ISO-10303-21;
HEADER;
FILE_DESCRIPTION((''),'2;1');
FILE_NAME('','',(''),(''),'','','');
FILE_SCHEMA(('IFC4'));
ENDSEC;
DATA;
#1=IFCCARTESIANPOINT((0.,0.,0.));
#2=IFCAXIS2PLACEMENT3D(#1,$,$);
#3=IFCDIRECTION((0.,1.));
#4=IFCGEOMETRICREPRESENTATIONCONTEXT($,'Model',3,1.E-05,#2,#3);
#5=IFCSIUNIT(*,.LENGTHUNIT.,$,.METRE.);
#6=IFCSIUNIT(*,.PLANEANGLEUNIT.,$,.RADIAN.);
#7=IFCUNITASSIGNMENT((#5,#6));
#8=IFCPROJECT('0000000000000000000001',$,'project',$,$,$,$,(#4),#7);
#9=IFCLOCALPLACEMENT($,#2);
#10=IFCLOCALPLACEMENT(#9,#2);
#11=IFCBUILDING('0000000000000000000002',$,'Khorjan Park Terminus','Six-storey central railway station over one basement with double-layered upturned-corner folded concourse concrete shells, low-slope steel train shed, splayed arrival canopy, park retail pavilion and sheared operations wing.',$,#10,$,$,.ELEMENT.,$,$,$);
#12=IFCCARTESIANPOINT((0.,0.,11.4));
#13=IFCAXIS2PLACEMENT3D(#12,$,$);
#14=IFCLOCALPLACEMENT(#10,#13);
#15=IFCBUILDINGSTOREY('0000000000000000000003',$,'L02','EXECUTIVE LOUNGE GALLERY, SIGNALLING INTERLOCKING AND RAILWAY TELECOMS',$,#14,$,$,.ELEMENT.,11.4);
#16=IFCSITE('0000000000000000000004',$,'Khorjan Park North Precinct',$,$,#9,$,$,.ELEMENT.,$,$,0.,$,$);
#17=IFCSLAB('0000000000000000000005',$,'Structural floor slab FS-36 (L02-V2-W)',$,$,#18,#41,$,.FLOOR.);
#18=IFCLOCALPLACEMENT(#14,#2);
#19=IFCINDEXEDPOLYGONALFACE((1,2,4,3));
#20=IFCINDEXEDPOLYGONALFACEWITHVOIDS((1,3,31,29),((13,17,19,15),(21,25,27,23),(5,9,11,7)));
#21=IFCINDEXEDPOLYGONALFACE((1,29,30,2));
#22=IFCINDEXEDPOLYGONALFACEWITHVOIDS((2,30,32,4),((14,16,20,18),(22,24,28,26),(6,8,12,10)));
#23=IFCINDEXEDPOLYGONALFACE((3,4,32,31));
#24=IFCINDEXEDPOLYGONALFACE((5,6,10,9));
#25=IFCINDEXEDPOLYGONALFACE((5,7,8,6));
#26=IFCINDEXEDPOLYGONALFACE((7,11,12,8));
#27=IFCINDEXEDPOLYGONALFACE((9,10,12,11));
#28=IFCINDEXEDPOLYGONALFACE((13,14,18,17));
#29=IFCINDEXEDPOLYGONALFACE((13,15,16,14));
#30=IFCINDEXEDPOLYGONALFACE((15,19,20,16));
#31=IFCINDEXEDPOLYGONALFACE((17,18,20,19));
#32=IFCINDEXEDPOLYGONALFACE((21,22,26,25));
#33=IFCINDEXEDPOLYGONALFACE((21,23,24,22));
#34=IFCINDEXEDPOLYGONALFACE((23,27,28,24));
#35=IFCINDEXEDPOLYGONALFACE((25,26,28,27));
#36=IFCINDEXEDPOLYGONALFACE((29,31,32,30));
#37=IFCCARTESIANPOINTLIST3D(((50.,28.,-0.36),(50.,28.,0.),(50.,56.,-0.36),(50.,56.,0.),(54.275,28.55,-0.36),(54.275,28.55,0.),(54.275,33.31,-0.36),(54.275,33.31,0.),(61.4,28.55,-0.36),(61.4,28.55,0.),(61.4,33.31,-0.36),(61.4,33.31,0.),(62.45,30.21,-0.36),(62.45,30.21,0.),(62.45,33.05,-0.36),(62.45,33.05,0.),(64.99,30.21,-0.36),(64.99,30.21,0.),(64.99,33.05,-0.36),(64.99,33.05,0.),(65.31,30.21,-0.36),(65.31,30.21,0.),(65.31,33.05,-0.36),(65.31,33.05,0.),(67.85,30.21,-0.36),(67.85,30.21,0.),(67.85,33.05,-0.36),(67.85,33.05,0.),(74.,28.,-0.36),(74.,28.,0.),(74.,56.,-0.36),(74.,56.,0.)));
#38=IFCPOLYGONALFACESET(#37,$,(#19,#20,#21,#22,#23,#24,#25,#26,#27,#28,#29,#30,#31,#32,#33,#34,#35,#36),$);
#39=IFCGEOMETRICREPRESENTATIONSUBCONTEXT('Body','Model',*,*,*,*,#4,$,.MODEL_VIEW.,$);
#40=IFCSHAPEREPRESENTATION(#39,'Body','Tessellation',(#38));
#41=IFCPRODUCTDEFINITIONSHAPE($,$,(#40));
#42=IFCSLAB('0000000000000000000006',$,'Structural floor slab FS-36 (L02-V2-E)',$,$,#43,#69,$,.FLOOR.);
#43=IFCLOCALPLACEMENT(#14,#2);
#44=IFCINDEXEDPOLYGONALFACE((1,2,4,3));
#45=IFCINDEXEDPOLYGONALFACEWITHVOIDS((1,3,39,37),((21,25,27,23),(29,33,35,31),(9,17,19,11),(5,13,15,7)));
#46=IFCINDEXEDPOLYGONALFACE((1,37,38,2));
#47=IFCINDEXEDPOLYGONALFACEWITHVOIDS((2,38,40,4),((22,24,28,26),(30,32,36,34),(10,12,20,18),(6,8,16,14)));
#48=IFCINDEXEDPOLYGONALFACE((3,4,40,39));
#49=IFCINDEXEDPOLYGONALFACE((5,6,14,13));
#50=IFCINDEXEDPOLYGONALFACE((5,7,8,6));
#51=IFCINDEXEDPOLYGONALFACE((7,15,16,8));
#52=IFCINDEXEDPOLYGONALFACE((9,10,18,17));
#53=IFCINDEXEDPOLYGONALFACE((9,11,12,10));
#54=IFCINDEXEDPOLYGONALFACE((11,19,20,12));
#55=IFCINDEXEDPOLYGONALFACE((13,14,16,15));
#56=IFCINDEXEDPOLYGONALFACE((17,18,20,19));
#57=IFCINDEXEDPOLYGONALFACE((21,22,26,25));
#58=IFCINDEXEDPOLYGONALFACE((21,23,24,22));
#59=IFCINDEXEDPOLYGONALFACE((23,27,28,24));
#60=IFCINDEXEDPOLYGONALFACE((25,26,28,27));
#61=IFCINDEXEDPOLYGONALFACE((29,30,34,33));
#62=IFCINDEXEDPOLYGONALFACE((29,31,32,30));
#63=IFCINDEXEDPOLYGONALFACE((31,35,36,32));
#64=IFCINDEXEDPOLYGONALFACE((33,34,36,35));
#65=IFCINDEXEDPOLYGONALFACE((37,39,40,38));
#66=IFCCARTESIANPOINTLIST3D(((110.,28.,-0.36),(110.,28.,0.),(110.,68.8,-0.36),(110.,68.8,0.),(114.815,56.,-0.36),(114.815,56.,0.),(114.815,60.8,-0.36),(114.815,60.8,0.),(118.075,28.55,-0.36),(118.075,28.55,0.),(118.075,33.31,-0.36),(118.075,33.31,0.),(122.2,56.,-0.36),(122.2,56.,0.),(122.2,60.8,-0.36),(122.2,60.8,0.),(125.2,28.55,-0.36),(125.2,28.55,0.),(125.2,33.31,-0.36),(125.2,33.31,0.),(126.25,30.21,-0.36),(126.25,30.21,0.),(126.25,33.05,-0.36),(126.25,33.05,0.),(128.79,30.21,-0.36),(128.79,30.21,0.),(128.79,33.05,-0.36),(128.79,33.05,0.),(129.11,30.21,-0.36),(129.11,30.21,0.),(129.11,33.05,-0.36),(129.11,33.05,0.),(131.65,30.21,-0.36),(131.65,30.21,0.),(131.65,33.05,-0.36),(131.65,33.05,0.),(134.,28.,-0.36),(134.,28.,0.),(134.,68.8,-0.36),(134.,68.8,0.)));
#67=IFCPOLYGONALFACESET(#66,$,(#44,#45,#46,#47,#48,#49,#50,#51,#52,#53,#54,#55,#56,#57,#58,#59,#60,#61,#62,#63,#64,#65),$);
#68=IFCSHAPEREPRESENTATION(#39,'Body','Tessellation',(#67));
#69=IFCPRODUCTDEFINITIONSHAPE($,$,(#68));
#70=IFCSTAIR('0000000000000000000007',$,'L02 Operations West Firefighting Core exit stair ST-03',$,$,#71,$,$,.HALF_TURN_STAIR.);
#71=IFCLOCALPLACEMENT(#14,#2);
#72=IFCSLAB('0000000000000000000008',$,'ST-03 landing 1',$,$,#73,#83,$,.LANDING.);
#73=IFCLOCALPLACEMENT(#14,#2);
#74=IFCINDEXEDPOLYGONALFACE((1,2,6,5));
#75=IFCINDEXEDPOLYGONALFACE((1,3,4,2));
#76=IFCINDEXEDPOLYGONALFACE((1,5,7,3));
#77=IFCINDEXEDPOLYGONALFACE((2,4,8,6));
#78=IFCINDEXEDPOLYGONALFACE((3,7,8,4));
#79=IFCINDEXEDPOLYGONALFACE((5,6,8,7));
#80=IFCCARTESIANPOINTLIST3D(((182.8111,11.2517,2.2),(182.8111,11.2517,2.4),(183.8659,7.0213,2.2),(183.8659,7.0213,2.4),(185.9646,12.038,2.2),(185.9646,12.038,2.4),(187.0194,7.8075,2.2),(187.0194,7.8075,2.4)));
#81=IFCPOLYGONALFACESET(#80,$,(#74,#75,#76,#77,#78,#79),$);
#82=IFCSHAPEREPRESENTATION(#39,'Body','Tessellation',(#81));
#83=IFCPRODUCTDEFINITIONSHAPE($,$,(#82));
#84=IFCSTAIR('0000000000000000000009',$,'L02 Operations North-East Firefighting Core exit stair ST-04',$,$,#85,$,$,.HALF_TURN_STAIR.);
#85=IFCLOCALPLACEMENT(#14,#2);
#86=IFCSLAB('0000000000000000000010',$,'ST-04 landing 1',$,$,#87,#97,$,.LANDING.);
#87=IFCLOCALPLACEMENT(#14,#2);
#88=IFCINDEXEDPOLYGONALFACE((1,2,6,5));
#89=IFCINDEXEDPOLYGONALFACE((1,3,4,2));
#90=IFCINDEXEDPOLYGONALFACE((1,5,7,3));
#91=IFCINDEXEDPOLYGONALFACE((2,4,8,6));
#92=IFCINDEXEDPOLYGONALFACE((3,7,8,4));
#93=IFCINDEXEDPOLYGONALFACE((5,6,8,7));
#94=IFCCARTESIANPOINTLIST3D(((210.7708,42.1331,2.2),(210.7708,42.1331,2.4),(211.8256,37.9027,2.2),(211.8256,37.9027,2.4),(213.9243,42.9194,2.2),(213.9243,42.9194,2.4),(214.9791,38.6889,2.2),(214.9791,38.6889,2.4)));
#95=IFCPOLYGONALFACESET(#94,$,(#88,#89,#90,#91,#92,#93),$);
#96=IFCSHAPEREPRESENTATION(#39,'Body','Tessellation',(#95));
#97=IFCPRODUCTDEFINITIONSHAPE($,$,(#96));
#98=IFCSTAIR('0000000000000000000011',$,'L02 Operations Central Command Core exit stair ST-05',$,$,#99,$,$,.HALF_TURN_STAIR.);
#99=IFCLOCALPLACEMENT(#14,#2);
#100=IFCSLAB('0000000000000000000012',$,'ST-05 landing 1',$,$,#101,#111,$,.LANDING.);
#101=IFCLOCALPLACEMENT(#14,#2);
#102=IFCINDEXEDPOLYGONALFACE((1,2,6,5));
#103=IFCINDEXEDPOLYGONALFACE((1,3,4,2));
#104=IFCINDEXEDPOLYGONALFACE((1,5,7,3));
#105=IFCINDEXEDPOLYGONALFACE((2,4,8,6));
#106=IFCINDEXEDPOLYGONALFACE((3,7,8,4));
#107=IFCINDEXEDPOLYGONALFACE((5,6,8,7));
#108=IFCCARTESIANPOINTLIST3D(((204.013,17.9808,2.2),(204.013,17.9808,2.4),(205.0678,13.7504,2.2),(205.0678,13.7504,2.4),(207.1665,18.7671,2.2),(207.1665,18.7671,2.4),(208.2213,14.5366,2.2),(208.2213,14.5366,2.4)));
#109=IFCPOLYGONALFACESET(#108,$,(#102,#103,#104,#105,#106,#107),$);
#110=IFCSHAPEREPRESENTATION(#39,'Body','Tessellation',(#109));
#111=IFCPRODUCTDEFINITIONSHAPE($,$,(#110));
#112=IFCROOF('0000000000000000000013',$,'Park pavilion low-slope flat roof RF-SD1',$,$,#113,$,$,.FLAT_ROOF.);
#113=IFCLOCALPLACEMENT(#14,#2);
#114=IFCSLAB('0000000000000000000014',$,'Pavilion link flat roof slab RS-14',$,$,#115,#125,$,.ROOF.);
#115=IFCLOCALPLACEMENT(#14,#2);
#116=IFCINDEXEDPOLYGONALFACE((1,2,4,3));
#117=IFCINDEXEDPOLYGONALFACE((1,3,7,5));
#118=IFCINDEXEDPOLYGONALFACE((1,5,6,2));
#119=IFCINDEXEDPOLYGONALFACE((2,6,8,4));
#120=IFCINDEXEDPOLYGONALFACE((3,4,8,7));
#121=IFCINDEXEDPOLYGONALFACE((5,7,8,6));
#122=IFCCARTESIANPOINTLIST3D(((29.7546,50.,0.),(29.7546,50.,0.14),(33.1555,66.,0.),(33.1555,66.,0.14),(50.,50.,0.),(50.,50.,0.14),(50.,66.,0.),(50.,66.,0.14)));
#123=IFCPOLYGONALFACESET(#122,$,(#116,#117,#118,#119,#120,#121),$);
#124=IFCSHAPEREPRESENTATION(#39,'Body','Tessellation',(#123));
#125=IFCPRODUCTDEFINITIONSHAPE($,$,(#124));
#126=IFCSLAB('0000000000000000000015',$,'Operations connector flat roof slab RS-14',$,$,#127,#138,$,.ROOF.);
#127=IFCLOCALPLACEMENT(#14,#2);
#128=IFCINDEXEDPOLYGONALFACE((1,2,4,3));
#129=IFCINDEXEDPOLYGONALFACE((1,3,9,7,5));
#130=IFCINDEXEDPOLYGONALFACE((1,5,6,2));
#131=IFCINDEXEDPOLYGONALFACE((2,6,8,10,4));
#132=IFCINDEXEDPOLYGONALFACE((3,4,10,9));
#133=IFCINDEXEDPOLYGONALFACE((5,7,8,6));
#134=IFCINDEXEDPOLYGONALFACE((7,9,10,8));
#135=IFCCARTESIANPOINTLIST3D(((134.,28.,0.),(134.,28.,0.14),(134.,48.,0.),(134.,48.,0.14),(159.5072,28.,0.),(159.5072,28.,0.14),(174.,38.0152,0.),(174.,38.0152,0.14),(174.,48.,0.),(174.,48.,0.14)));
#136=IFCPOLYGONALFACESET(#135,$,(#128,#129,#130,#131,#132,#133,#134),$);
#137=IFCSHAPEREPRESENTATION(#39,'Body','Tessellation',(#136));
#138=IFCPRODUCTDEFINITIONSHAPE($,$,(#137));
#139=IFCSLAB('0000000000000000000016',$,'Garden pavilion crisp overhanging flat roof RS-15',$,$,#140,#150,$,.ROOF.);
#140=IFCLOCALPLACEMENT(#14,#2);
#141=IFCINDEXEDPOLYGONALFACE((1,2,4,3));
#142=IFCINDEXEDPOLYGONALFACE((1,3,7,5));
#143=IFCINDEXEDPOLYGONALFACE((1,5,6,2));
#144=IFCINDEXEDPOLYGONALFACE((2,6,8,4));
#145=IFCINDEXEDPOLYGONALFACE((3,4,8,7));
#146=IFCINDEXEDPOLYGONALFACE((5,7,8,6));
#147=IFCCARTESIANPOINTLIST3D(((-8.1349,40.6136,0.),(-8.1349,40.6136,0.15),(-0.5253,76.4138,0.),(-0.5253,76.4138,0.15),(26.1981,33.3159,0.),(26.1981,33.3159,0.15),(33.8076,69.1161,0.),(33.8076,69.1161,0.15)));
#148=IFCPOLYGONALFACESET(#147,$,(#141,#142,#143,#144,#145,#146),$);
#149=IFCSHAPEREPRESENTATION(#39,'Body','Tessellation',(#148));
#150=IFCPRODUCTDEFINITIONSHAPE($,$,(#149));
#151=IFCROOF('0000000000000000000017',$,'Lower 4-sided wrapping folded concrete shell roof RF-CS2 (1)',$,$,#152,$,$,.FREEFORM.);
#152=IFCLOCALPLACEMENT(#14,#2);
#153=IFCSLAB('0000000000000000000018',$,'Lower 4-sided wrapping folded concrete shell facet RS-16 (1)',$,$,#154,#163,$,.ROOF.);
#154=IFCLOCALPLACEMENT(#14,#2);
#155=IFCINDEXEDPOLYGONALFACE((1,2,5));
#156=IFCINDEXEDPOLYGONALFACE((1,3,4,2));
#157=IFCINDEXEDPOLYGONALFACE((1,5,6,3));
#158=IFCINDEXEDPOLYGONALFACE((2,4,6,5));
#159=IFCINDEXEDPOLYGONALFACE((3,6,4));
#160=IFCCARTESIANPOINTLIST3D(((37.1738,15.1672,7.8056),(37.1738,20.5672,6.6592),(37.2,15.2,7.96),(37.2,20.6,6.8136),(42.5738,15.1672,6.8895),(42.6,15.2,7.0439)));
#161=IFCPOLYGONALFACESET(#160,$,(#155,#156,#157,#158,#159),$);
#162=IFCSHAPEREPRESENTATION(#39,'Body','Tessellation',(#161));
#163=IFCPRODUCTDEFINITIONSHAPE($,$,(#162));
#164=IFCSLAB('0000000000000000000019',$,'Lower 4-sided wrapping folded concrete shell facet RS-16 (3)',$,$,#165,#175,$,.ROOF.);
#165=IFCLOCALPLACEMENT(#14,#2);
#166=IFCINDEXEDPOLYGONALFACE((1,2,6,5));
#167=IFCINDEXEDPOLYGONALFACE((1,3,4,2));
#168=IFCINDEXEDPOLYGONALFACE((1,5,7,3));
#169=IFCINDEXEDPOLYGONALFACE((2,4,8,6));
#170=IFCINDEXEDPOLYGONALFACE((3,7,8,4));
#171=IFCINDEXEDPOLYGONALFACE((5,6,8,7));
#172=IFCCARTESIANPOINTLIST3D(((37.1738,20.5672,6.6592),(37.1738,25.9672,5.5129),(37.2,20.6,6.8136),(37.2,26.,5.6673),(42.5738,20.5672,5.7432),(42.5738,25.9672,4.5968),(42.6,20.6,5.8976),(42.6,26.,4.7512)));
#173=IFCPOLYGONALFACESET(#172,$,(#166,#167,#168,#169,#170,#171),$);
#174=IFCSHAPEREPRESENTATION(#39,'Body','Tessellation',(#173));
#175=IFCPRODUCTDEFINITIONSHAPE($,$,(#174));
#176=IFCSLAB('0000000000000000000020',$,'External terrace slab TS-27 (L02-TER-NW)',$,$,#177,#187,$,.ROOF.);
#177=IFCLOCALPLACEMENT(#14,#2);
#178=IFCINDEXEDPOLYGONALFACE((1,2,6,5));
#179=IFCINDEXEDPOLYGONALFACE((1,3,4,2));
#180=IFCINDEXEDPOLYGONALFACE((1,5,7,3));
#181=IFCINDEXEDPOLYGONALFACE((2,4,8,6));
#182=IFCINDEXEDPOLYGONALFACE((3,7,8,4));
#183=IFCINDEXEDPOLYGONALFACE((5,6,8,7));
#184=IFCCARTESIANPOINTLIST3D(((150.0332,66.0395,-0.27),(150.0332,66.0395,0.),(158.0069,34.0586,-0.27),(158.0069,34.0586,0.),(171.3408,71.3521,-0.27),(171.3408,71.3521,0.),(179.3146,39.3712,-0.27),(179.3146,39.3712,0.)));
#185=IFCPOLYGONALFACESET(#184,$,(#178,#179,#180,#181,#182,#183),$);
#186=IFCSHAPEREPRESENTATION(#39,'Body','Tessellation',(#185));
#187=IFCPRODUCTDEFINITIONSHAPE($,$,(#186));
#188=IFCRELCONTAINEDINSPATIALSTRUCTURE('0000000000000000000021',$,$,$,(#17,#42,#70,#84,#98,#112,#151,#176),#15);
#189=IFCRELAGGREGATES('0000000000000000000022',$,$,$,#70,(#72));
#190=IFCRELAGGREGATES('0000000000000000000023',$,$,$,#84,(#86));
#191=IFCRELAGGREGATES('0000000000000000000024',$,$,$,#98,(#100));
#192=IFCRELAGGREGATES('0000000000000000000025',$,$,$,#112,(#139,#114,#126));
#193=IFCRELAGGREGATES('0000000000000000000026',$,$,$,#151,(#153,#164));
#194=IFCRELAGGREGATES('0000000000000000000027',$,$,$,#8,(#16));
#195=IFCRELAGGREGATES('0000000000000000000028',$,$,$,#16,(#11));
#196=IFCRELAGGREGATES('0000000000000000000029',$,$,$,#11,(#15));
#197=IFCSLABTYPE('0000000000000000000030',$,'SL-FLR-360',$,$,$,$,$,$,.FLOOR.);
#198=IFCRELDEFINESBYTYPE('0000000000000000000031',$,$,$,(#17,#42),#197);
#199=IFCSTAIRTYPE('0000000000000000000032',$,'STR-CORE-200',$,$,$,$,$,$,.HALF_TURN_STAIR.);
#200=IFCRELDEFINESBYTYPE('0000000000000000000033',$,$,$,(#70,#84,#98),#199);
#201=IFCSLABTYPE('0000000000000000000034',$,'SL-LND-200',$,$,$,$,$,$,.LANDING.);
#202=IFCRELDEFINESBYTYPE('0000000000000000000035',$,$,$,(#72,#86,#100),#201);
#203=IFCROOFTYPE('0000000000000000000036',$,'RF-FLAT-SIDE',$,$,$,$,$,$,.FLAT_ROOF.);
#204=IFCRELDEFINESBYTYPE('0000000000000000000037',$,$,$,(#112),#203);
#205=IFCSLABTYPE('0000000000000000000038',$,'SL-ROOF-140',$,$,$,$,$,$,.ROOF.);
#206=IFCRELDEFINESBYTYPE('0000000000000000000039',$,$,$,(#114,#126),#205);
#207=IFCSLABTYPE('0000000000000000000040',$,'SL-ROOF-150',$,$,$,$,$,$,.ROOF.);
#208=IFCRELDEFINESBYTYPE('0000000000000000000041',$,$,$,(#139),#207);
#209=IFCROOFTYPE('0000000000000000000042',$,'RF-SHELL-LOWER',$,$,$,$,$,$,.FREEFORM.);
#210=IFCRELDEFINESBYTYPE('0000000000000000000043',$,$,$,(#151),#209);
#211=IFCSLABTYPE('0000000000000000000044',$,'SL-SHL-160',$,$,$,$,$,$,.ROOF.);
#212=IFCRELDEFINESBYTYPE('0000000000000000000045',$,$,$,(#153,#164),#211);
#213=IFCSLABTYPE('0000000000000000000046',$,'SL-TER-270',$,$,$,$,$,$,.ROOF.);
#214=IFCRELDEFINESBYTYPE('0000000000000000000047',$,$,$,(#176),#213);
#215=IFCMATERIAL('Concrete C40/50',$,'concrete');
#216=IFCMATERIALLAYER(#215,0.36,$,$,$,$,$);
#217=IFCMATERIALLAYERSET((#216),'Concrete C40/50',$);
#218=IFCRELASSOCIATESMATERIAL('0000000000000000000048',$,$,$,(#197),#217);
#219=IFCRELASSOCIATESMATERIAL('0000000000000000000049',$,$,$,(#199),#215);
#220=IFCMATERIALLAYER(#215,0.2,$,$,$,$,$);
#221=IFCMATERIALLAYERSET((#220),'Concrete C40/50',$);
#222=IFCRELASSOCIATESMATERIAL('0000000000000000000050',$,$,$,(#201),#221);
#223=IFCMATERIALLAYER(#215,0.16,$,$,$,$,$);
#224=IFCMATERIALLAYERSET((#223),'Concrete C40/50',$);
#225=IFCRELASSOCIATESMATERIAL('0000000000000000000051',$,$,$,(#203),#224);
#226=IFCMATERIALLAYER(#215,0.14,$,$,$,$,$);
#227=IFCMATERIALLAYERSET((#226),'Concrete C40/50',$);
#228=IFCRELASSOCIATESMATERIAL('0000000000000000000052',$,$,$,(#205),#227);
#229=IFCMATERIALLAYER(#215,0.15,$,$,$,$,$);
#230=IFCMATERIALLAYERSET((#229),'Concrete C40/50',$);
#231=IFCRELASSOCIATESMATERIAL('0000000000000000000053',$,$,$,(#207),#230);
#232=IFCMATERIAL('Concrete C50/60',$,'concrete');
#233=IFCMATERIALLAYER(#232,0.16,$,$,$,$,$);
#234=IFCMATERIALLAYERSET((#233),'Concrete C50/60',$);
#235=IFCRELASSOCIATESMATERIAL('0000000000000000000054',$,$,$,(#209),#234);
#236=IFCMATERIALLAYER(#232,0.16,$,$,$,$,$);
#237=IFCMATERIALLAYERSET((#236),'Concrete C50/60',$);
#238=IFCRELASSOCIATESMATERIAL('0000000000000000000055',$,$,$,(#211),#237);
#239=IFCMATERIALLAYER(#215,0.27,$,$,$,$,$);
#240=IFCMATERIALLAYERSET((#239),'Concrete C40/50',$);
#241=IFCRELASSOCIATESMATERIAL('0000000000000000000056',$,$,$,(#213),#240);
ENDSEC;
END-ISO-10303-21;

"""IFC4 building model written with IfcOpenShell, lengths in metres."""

from ifc_helpers import new_model, si_unit, direction, frame, origin, place, context, subcontext, project, spatial, polyline, outline, extrude, material, layer, layer_set, type_object, element, aggregate, save


model = new_model("IFC4")

# Units and contexts
model_context = context("Model", 3, precision=1e-05, world=origin(), true_north=direction((0.0, 1.0)))
body_context = subcontext(model_context, "Body", "Model", "MODEL_VIEW")
ifc_project = project(units=[si_unit("LENGTHUNIT", "METRE"), si_unit("PLANEANGLEUNIT", "RADIAN")], contexts=[model_context])

# Site, building, storey
site_placement = place(None, origin())
site = spatial("IfcSite", under=ifc_project, at=site_placement, Name="Khorjan Park North Precinct", CompositionType="ELEMENT", RefElevation=0.0)
building_placement = place(site_placement, origin())
building = spatial("IfcBuilding", under=site, at=building_placement, Name="Khorjan Park Terminus", Description="Six-storey central railway station over one basement with double-layered upturned-corner folded concourse concrete shells, low-slope steel train shed, splayed arrival canopy, park retail pavilion and sheared operations wing.", CompositionType="ELEMENT")
storey_placement = place(building_placement, frame((0.0, 0.0, 11.4)))
storey = spatial("IfcBuildingStorey", under=building, at=storey_placement, Name="L02", Description="EXECUTIVE LOUNGE GALLERY, SIGNALLING INTERLOCKING AND RAILWAY TELECOMS", CompositionType="ELEMENT", Elevation=11.4)

# Slabs
ifc_material_1 = material(Name="Concrete C40/50", Category="concrete")
ifc_layer_1 = layer(ifc_material_1, 0.36)
ifc_layer_set_1 = layer_set([ifc_layer_1], Name="Concrete C40/50")
slab_type_1 = type_object("IfcSlabType", Name="SL-FLR-360", PredefinedType="FLOOR", material=ifc_layer_set_1)
slab_1_placement = place(storey_placement, frame((0.0, 0.0, -0.36)))
element("IfcSlab", 1, at=slab_1_placement, inside=storey, type_object=slab_type_1, Name="Structural floor slab FS-36 (L02-V2-W)", PredefinedType="FLOOR", context=body_context, shape_type="SweptSolid", body=[
    extrude(outline(polyline([(50.0, 56.0), (74.0, 56.0), (74.0, 28.0), (50.0, 28.0), (50.0, 56.0)]), holes=[polyline([(61.4, 28.55), (61.4, 33.31), (54.275, 33.31), (54.275, 28.55), (61.4, 28.55)]), polyline([(64.99, 30.21), (64.99, 33.05), (62.45, 33.05), (62.45, 30.21), (64.99, 30.21)]), polyline([(67.85, 30.21), (67.85, 33.05), (65.31, 33.05), (65.31, 30.21), (67.85, 30.21)])]), origin(), (0.0, 0.0, 1.0), 0.36),
])
slab_2_placement = place(storey_placement, frame((0.0, 0.0, -0.36)))
element("IfcSlab", 2, at=slab_2_placement, inside=storey, type_object=slab_type_1, Name="Structural floor slab FS-36 (L02-V2-E)", PredefinedType="FLOOR", context=body_context, shape_type="SweptSolid", body=[
    extrude(outline(polyline([(110.0, 68.8), (134.0, 68.8), (134.0, 28.0), (110.0, 28.0), (110.0, 68.8)]), holes=[polyline([(125.2, 28.55), (125.2, 33.31), (118.075, 33.31), (118.075, 28.55), (125.2, 28.55)]), polyline([(128.79, 30.21), (128.79, 33.05), (126.25, 33.05), (126.25, 30.21), (128.79, 30.21)]), polyline([(131.65, 30.21), (131.65, 33.05), (129.11, 33.05), (129.11, 30.21), (131.65, 30.21)]), polyline([(122.2, 60.8), (114.815, 60.8), (114.815, 56.0), (122.2, 56.0), (122.2, 60.8)])]), origin(), (0.0, 0.0, 1.0), 0.36),
])

# Stairs, slabs
stair_type = type_object("IfcStairType", Name="STR-CORE-200", PredefinedType="HALF_TURN_STAIR", material=ifc_material_1)
stair_1_placement = place(storey_placement, origin())
stair_1 = element("IfcStair", 3, at=stair_1_placement, inside=storey, type_object=stair_type, Name="L02 Operations West Firefighting Core exit stair ST-03", PredefinedType="HALF_TURN_STAIR")
ifc_layer_2 = layer(ifc_material_1, 0.2)
ifc_layer_set_2 = layer_set([ifc_layer_2], Name="Concrete C40/50")
slab_type_2 = type_object("IfcSlabType", Name="SL-LND-200", PredefinedType="LANDING", material=ifc_layer_set_2)
slab_3_placement = place(storey_placement, frame((0.0, 0.0, 2.2)))
slab_3 = element("IfcSlab", 4, at=slab_3_placement, type_object=slab_type_2, Name="ST-03 landing 1", PredefinedType="LANDING", context=body_context, shape_type="SweptSolid", body=[
    extrude(outline(polyline([(183.8659, 7.0213), (187.0194, 7.8075), (185.9646, 12.038), (182.8111, 11.2517), (183.8659, 7.0213)])), origin(), (0.0, 0.0, 1.0), 0.2),
])
aggregate(stair_1, [slab_3])
stair_2_placement = place(storey_placement, origin())
stair_2 = element("IfcStair", 5, at=stair_2_placement, inside=storey, type_object=stair_type, Name="L02 Operations North-East Firefighting Core exit stair ST-04", PredefinedType="HALF_TURN_STAIR")
slab_4_placement = place(storey_placement, frame((0.0, 0.0, 2.2)))
slab_4 = element("IfcSlab", 6, at=slab_4_placement, type_object=slab_type_2, Name="ST-04 landing 1", PredefinedType="LANDING", context=body_context, shape_type="SweptSolid", body=[
    extrude(outline(polyline([(211.8256, 37.9027), (214.9791, 38.6889), (213.9243, 42.9194), (210.7708, 42.1331), (211.8256, 37.9027)])), origin(), (0.0, 0.0, 1.0), 0.2),
])
aggregate(stair_2, [slab_4])
stair_3_placement = place(storey_placement, origin())
stair_3 = element("IfcStair", 7, at=stair_3_placement, inside=storey, type_object=stair_type, Name="L02 Operations Central Command Core exit stair ST-05", PredefinedType="HALF_TURN_STAIR")
slab_5_placement = place(storey_placement, frame((0.0, 0.0, 2.2)))
slab_5 = element("IfcSlab", 8, at=slab_5_placement, type_object=slab_type_2, Name="ST-05 landing 1", PredefinedType="LANDING", context=body_context, shape_type="SweptSolid", body=[
    extrude(outline(polyline([(205.0678, 13.7504), (208.2213, 14.5366), (207.1665, 18.7671), (204.013, 17.9808), (205.0678, 13.7504)])), origin(), (0.0, 0.0, 1.0), 0.2),
])
aggregate(stair_3, [slab_5])

# Roofs, slabs
ifc_layer_3 = layer(ifc_material_1, 0.16)
ifc_layer_set_3 = layer_set([ifc_layer_3], Name="Concrete C40/50")
roof_type_1 = type_object("IfcRoofType", Name="RF-FLAT-SIDE", PredefinedType="FLAT_ROOF", material=ifc_layer_set_3)
roof_1_placement = place(storey_placement, origin())
roof_1 = element("IfcRoof", 9, at=roof_1_placement, inside=storey, type_object=roof_type_1, Name="Park pavilion low-slope flat roof RF-SD1", PredefinedType="FLAT_ROOF")
ifc_layer_4 = layer(ifc_material_1, 0.14)
ifc_layer_set_4 = layer_set([ifc_layer_4], Name="Concrete C40/50")
slab_type_3 = type_object("IfcSlabType", Name="SL-ROOF-140", PredefinedType="ROOF", material=ifc_layer_set_4)
slab_6_placement = place(storey_placement, origin())
slab_6 = element("IfcSlab", 10, at=slab_6_placement, type_object=slab_type_3, Name="Pavilion link flat roof slab RS-14", PredefinedType="ROOF", context=body_context, shape_type="SweptSolid", body=[
    extrude(outline(polyline([(50.0, 66.0), (50.0, 50.0), (29.7546, 50.0), (33.1555, 66.0), (50.0, 66.0)])), origin(), (0.0, 0.0, 1.0), 0.14),
])
slab_7_placement = place(storey_placement, origin())
slab_7 = element("IfcSlab", 11, at=slab_7_placement, type_object=slab_type_3, Name="Operations connector flat roof slab RS-14", PredefinedType="ROOF", context=body_context, shape_type="SweptSolid", body=[
    extrude(outline(polyline([(134.0, 28.0), (134.0, 48.0), (174.0, 48.0), (174.0, 38.0152), (159.5072, 28.0), (134.0, 28.0)])), origin(), (0.0, 0.0, 1.0), 0.14),
])
ifc_layer_5 = layer(ifc_material_1, 0.15)
ifc_layer_set_5 = layer_set([ifc_layer_5], Name="Concrete C40/50")
slab_type_4 = type_object("IfcSlabType", Name="SL-ROOF-150", PredefinedType="ROOF", material=ifc_layer_set_5)
slab_8_placement = place(storey_placement, origin())
slab_8 = element("IfcSlab", 12, at=slab_8_placement, type_object=slab_type_4, Name="Garden pavilion crisp overhanging flat roof RS-15", PredefinedType="ROOF", context=body_context, shape_type="SweptSolid", body=[
    extrude(outline(polyline([(-8.1349, 40.6136), (26.1981, 33.3159), (33.8076, 69.1161), (-0.5253, 76.4138), (-8.1349, 40.6136)])), origin(), (0.0, 0.0, 1.0), 0.15),
])
aggregate(roof_1, [slab_8, slab_6, slab_7])
ifc_material_2 = material(Name="Concrete C50/60", Category="concrete")
ifc_layer_6 = layer(ifc_material_2, 0.16)
ifc_layer_set_6 = layer_set([ifc_layer_6], Name="Concrete C50/60")
roof_type_2 = type_object("IfcRoofType", Name="RF-SHELL-LOWER", PredefinedType="FREEFORM", material=ifc_layer_set_6)
roof_2_placement = place(storey_placement, origin())
roof_2 = element("IfcRoof", 13, at=roof_2_placement, inside=storey, type_object=roof_type_2, Name="Lower 4-sided wrapping folded concrete shell roof RF-CS2 (1)", PredefinedType="FREEFORM")
ifc_layer_7 = layer(ifc_material_2, 0.16)
ifc_layer_set_7 = layer_set([ifc_layer_7], Name="Concrete C50/60")
slab_type_5 = type_object("IfcSlabType", Name="SL-SHL-160", PredefinedType="ROOF", material=ifc_layer_set_7)
slab_9_placement = place(storey_placement, frame((37.2, 15.2, 7.96), z_axis=(0.163711, 0.204866, 0.965002), x_axis=(0.985913, 0.0, -0.167258)))
slab_9 = element("IfcSlab", 14, at=slab_9_placement, type_object=slab_type_5, Name="Lower 4-sided wrapping folded concrete shell facet RS-16 (1)", PredefinedType="ROOF", context=body_context, shape_type="SweptSolid", body=[
    extrude(outline(polyline([(0.0, 0.0), (5.4772, 0.0), (0.1917, 5.517), (0.0, 0.0)])), origin(), (0.0, 0.0, -1.0), 0.16),
])
slab_10_placement = place(storey_placement, frame((37.2, 20.6, 6.8136), z_axis=(0.163702, 0.204858, 0.965005), x_axis=(0.985915, -0.000002, -0.167249)))
slab_10 = element("IfcSlab", 15, at=slab_10_placement, type_object=slab_type_5, Name="Lower 4-sided wrapping folded concrete shell facet RS-16 (3)", PredefinedType="ROOF", context=body_context, shape_type="SweptSolid", body=[
    extrude(outline(polyline([(0.0, 0.0), (5.4771, 0.0), (5.6689, 5.517), (0.1917, 5.517), (0.0, 0.0)])), origin(), (0.0, 0.0, -1.0), 0.16),
])
aggregate(roof_2, [slab_9, slab_10])

# Slab
ifc_layer_8 = layer(ifc_material_1, 0.27)
ifc_layer_set_8 = layer_set([ifc_layer_8], Name="Concrete C40/50")
slab_type_6 = type_object("IfcSlabType", Name="SL-TER-270", PredefinedType="ROOF", material=ifc_layer_set_8)
slab_11_placement = place(storey_placement, frame((0.0, 0.0, -0.27)))
element("IfcSlab", 16, at=slab_11_placement, inside=storey, type_object=slab_type_6, Name="External terrace slab TS-27 (L02-TER-NW)", PredefinedType="ROOF", context=body_context, shape_type="SweptSolid", body=[
    extrude(outline(polyline([(158.0069, 34.0586), (179.3146, 39.3712), (171.3408, 71.3521), (150.0332, 66.0395), (158.0069, 34.0586)])), origin(), (0.0, 0.0, 1.0), 0.27),
])

save(model, "model.ifc")
